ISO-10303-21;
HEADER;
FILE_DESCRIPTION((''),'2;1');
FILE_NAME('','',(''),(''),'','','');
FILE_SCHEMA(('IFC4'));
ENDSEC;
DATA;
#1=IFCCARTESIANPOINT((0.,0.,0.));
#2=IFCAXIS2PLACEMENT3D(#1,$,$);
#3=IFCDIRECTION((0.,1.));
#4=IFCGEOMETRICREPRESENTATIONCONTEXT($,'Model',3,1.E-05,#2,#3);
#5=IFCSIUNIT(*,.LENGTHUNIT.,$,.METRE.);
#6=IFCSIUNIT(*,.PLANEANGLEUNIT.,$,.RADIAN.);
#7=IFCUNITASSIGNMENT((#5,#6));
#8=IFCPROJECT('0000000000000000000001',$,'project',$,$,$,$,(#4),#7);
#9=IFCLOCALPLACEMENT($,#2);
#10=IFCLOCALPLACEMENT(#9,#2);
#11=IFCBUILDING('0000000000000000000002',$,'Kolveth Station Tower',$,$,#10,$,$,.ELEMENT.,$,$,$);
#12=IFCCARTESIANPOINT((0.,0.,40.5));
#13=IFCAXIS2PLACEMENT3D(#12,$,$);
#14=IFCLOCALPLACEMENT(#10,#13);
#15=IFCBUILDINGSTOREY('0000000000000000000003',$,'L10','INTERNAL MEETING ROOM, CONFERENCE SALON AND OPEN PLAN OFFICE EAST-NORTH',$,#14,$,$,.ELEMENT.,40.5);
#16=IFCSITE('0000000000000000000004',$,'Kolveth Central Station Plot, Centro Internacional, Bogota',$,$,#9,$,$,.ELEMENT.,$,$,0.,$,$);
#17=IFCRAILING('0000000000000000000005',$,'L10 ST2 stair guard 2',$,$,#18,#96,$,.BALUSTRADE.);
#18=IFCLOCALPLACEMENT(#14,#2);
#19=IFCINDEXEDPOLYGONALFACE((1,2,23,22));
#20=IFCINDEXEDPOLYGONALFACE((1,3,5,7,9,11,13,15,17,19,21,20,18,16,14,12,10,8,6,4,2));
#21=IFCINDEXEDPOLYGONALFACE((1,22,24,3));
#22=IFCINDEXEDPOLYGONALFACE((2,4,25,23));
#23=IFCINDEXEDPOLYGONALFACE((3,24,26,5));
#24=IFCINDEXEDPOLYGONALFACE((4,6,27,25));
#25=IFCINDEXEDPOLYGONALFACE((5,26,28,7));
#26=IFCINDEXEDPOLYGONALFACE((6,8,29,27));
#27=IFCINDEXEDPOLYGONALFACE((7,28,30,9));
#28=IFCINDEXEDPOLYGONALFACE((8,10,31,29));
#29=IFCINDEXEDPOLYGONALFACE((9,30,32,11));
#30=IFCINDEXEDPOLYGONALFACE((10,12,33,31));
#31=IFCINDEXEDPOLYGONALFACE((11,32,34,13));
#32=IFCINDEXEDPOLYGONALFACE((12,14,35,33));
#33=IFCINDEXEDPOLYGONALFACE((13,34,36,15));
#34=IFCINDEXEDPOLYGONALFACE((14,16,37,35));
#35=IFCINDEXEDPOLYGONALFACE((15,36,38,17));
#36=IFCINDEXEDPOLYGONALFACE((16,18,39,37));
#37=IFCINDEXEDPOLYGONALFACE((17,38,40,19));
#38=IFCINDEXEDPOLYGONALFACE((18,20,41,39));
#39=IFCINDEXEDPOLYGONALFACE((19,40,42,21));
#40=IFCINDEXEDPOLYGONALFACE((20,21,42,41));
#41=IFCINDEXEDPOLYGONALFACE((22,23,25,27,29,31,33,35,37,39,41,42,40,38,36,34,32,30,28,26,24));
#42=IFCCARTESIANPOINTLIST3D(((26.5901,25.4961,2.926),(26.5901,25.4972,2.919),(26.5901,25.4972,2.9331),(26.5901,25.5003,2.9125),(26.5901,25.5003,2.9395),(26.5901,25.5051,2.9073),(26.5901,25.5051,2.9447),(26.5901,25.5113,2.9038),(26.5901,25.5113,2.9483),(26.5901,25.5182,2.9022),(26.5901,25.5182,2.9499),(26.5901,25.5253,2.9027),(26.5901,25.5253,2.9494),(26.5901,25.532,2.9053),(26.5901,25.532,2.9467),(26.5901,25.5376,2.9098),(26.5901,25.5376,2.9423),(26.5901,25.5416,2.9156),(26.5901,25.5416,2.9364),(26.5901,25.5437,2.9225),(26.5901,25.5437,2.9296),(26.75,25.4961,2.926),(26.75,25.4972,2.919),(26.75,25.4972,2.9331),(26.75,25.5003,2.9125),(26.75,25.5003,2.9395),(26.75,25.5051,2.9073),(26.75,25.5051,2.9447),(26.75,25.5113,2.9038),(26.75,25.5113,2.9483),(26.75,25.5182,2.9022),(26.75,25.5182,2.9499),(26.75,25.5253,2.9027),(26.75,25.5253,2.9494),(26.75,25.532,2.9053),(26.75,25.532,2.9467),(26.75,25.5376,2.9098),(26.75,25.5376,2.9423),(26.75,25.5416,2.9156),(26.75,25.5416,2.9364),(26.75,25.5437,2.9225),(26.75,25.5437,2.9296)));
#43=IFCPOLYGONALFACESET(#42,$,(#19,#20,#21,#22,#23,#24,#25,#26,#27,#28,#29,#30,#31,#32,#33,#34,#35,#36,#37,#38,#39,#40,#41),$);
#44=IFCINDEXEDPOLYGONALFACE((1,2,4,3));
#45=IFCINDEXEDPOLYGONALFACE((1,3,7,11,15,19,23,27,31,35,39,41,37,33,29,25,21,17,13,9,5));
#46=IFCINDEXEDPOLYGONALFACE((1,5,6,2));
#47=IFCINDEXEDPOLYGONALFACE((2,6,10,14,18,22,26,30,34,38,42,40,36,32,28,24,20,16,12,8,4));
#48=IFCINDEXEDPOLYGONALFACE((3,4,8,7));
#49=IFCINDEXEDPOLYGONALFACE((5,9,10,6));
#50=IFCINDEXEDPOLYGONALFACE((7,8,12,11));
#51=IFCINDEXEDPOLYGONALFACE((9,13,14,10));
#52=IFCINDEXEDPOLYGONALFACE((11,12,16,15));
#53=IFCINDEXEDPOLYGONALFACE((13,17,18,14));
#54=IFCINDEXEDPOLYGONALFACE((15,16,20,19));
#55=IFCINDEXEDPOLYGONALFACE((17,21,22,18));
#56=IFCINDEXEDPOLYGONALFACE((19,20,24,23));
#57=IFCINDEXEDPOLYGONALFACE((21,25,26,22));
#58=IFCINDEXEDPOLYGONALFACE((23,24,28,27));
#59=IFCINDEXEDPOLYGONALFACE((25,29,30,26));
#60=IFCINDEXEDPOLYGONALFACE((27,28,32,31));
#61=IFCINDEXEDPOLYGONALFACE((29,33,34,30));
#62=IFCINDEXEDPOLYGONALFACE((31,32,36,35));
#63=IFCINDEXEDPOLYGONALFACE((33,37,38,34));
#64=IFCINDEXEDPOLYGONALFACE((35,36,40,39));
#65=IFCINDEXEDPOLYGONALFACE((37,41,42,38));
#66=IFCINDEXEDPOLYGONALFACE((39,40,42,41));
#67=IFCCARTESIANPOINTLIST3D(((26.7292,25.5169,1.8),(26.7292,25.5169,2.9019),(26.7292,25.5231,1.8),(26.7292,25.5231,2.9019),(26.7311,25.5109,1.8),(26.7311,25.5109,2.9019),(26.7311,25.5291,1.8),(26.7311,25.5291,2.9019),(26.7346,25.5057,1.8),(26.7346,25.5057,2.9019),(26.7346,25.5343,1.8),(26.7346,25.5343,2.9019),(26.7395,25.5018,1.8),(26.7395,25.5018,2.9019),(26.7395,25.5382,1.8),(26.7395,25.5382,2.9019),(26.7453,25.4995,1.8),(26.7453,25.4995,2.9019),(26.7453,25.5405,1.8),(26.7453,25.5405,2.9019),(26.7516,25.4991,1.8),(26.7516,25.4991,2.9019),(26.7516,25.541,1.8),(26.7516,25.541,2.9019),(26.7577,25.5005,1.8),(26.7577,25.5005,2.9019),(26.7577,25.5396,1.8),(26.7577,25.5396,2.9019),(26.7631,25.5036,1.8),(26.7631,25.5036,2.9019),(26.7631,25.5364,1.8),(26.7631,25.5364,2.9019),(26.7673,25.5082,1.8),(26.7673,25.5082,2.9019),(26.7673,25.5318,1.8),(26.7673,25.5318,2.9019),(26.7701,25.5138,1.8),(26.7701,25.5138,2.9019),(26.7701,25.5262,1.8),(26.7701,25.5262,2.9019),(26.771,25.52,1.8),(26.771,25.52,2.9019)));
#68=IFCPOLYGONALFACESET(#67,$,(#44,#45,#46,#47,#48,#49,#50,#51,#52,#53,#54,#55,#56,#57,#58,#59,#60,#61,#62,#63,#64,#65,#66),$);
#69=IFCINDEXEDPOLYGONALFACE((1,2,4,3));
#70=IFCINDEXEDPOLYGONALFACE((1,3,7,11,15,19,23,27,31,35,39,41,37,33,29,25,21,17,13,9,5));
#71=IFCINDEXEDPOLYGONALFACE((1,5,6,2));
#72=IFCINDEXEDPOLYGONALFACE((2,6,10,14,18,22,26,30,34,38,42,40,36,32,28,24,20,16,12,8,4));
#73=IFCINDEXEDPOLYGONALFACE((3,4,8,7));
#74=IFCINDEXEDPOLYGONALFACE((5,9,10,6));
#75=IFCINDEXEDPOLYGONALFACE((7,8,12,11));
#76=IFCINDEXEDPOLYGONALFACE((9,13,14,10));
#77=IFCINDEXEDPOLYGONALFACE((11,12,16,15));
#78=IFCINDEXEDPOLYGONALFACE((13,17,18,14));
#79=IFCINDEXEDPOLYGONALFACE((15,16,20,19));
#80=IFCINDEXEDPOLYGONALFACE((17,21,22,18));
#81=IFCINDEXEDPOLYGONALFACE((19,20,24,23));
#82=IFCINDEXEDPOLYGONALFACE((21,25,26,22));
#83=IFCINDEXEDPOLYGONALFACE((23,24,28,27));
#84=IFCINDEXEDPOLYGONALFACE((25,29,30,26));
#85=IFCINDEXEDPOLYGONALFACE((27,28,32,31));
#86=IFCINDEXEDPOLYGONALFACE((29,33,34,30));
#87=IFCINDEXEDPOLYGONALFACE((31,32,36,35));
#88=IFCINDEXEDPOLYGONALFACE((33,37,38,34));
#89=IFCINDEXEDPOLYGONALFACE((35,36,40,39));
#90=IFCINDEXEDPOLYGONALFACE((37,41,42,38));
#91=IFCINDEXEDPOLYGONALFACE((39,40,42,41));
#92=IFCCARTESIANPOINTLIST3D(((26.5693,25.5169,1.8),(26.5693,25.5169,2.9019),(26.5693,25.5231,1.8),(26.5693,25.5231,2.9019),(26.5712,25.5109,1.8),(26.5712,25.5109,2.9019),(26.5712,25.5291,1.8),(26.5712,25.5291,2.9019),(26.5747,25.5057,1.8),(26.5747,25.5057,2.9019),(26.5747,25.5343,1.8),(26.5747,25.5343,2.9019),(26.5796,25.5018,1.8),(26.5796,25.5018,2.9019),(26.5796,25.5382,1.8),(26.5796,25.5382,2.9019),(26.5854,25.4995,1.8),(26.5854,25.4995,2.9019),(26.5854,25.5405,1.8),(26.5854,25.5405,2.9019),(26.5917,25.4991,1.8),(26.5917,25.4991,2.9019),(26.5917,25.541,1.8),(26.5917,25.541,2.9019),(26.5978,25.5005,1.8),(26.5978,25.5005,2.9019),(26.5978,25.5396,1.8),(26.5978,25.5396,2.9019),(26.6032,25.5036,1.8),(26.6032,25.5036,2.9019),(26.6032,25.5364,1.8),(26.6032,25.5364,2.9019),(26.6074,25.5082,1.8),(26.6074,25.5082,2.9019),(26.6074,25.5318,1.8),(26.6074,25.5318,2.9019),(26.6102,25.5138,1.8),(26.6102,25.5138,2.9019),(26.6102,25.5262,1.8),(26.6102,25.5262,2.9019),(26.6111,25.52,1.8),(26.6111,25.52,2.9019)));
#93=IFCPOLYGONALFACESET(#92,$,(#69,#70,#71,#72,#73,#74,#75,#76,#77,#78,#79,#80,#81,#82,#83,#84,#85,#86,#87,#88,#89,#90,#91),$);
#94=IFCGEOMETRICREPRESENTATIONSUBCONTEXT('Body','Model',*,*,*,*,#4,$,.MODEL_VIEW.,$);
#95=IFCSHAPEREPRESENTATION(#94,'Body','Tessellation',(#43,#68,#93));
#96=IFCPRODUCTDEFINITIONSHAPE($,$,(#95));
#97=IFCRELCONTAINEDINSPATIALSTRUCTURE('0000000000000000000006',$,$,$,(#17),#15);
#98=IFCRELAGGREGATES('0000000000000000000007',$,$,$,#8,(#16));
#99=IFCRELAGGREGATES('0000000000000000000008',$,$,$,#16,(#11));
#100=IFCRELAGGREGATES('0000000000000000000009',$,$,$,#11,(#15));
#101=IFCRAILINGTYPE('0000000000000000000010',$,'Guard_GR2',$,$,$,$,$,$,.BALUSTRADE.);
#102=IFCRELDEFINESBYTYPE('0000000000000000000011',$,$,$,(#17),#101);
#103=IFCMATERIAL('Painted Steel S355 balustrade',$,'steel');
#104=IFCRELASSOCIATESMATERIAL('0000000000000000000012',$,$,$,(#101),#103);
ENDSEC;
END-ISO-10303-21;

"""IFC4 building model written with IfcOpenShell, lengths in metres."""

from ifc_helpers import new_model, si_unit, direction, frame, origin, origin_2d, place, context, subcontext, project, spatial, circle, extrude, material, type_object, element, save


model = new_model("IFC4")

# Units and contexts
model_context = context("Model", 3, precision=1e-05, world=origin(), true_north=direction((0.0, 1.0)))
body_context = subcontext(model_context, "Body", "Model", "MODEL_VIEW")
ifc_project = project(units=[si_unit("LENGTHUNIT", "METRE"), si_unit("PLANEANGLEUNIT", "RADIAN")], contexts=[model_context])

# Site, building, storey
site_placement = place(None, origin())
site = spatial("IfcSite", under=ifc_project, at=site_placement, Name="Kolveth Central Station Plot, Centro Internacional, Bogota", CompositionType="ELEMENT", RefElevation=0.0)
building_placement = place(site_placement, origin())
building = spatial("IfcBuilding", under=site, at=building_placement, Name="Kolveth Station Tower", CompositionType="ELEMENT")
storey_placement = place(building_placement, frame((0.0, 0.0, 40.5)))
storey = spatial("IfcBuildingStorey", under=building, at=storey_placement, Name="L10", Description="INTERNAL MEETING ROOM, CONFERENCE SALON AND OPEN PLAN OFFICE EAST-NORTH", CompositionType="ELEMENT", Elevation=40.5)

# Railing
ifc_material_1 = material(Name="Painted Steel S355 balustrade", Category="steel")
railing_type_1 = type_object("IfcRailingType", Name="Guard_GR2", PredefinedType="BALUSTRADE", material=ifc_material_1)
railing_1_placement = place(storey_placement, frame((26.75, 25.52, 1.8)))
element("IfcRailing", 1, at=railing_1_placement, inside=storey, type_object=railing_type_1, Name="L10 ST2 stair guard 2", PredefinedType="BALUSTRADE", context=body_context, shape_type="SweptSolid", body=[
    extrude(circle(Radius=0.0239, at=origin_2d()), frame((0.0, 0.0, 1.126), z_axis=(-1.0, 0.0, 0.0), x_axis=(0.0, -1.0, 0.0)), (0.0, 0.0, 1.0), 0.1599),
    extrude(circle(Radius=0.021, at=origin_2d()), origin(), (0.0, 0.0, 1.0), 1.1018),
    extrude(circle(Radius=0.021, at=origin_2d()), frame((-0.1599, 0.0, 0.0)), (0.0, 0.0, 1.0), 1.1018),
])

save(model, "model.ifc")
